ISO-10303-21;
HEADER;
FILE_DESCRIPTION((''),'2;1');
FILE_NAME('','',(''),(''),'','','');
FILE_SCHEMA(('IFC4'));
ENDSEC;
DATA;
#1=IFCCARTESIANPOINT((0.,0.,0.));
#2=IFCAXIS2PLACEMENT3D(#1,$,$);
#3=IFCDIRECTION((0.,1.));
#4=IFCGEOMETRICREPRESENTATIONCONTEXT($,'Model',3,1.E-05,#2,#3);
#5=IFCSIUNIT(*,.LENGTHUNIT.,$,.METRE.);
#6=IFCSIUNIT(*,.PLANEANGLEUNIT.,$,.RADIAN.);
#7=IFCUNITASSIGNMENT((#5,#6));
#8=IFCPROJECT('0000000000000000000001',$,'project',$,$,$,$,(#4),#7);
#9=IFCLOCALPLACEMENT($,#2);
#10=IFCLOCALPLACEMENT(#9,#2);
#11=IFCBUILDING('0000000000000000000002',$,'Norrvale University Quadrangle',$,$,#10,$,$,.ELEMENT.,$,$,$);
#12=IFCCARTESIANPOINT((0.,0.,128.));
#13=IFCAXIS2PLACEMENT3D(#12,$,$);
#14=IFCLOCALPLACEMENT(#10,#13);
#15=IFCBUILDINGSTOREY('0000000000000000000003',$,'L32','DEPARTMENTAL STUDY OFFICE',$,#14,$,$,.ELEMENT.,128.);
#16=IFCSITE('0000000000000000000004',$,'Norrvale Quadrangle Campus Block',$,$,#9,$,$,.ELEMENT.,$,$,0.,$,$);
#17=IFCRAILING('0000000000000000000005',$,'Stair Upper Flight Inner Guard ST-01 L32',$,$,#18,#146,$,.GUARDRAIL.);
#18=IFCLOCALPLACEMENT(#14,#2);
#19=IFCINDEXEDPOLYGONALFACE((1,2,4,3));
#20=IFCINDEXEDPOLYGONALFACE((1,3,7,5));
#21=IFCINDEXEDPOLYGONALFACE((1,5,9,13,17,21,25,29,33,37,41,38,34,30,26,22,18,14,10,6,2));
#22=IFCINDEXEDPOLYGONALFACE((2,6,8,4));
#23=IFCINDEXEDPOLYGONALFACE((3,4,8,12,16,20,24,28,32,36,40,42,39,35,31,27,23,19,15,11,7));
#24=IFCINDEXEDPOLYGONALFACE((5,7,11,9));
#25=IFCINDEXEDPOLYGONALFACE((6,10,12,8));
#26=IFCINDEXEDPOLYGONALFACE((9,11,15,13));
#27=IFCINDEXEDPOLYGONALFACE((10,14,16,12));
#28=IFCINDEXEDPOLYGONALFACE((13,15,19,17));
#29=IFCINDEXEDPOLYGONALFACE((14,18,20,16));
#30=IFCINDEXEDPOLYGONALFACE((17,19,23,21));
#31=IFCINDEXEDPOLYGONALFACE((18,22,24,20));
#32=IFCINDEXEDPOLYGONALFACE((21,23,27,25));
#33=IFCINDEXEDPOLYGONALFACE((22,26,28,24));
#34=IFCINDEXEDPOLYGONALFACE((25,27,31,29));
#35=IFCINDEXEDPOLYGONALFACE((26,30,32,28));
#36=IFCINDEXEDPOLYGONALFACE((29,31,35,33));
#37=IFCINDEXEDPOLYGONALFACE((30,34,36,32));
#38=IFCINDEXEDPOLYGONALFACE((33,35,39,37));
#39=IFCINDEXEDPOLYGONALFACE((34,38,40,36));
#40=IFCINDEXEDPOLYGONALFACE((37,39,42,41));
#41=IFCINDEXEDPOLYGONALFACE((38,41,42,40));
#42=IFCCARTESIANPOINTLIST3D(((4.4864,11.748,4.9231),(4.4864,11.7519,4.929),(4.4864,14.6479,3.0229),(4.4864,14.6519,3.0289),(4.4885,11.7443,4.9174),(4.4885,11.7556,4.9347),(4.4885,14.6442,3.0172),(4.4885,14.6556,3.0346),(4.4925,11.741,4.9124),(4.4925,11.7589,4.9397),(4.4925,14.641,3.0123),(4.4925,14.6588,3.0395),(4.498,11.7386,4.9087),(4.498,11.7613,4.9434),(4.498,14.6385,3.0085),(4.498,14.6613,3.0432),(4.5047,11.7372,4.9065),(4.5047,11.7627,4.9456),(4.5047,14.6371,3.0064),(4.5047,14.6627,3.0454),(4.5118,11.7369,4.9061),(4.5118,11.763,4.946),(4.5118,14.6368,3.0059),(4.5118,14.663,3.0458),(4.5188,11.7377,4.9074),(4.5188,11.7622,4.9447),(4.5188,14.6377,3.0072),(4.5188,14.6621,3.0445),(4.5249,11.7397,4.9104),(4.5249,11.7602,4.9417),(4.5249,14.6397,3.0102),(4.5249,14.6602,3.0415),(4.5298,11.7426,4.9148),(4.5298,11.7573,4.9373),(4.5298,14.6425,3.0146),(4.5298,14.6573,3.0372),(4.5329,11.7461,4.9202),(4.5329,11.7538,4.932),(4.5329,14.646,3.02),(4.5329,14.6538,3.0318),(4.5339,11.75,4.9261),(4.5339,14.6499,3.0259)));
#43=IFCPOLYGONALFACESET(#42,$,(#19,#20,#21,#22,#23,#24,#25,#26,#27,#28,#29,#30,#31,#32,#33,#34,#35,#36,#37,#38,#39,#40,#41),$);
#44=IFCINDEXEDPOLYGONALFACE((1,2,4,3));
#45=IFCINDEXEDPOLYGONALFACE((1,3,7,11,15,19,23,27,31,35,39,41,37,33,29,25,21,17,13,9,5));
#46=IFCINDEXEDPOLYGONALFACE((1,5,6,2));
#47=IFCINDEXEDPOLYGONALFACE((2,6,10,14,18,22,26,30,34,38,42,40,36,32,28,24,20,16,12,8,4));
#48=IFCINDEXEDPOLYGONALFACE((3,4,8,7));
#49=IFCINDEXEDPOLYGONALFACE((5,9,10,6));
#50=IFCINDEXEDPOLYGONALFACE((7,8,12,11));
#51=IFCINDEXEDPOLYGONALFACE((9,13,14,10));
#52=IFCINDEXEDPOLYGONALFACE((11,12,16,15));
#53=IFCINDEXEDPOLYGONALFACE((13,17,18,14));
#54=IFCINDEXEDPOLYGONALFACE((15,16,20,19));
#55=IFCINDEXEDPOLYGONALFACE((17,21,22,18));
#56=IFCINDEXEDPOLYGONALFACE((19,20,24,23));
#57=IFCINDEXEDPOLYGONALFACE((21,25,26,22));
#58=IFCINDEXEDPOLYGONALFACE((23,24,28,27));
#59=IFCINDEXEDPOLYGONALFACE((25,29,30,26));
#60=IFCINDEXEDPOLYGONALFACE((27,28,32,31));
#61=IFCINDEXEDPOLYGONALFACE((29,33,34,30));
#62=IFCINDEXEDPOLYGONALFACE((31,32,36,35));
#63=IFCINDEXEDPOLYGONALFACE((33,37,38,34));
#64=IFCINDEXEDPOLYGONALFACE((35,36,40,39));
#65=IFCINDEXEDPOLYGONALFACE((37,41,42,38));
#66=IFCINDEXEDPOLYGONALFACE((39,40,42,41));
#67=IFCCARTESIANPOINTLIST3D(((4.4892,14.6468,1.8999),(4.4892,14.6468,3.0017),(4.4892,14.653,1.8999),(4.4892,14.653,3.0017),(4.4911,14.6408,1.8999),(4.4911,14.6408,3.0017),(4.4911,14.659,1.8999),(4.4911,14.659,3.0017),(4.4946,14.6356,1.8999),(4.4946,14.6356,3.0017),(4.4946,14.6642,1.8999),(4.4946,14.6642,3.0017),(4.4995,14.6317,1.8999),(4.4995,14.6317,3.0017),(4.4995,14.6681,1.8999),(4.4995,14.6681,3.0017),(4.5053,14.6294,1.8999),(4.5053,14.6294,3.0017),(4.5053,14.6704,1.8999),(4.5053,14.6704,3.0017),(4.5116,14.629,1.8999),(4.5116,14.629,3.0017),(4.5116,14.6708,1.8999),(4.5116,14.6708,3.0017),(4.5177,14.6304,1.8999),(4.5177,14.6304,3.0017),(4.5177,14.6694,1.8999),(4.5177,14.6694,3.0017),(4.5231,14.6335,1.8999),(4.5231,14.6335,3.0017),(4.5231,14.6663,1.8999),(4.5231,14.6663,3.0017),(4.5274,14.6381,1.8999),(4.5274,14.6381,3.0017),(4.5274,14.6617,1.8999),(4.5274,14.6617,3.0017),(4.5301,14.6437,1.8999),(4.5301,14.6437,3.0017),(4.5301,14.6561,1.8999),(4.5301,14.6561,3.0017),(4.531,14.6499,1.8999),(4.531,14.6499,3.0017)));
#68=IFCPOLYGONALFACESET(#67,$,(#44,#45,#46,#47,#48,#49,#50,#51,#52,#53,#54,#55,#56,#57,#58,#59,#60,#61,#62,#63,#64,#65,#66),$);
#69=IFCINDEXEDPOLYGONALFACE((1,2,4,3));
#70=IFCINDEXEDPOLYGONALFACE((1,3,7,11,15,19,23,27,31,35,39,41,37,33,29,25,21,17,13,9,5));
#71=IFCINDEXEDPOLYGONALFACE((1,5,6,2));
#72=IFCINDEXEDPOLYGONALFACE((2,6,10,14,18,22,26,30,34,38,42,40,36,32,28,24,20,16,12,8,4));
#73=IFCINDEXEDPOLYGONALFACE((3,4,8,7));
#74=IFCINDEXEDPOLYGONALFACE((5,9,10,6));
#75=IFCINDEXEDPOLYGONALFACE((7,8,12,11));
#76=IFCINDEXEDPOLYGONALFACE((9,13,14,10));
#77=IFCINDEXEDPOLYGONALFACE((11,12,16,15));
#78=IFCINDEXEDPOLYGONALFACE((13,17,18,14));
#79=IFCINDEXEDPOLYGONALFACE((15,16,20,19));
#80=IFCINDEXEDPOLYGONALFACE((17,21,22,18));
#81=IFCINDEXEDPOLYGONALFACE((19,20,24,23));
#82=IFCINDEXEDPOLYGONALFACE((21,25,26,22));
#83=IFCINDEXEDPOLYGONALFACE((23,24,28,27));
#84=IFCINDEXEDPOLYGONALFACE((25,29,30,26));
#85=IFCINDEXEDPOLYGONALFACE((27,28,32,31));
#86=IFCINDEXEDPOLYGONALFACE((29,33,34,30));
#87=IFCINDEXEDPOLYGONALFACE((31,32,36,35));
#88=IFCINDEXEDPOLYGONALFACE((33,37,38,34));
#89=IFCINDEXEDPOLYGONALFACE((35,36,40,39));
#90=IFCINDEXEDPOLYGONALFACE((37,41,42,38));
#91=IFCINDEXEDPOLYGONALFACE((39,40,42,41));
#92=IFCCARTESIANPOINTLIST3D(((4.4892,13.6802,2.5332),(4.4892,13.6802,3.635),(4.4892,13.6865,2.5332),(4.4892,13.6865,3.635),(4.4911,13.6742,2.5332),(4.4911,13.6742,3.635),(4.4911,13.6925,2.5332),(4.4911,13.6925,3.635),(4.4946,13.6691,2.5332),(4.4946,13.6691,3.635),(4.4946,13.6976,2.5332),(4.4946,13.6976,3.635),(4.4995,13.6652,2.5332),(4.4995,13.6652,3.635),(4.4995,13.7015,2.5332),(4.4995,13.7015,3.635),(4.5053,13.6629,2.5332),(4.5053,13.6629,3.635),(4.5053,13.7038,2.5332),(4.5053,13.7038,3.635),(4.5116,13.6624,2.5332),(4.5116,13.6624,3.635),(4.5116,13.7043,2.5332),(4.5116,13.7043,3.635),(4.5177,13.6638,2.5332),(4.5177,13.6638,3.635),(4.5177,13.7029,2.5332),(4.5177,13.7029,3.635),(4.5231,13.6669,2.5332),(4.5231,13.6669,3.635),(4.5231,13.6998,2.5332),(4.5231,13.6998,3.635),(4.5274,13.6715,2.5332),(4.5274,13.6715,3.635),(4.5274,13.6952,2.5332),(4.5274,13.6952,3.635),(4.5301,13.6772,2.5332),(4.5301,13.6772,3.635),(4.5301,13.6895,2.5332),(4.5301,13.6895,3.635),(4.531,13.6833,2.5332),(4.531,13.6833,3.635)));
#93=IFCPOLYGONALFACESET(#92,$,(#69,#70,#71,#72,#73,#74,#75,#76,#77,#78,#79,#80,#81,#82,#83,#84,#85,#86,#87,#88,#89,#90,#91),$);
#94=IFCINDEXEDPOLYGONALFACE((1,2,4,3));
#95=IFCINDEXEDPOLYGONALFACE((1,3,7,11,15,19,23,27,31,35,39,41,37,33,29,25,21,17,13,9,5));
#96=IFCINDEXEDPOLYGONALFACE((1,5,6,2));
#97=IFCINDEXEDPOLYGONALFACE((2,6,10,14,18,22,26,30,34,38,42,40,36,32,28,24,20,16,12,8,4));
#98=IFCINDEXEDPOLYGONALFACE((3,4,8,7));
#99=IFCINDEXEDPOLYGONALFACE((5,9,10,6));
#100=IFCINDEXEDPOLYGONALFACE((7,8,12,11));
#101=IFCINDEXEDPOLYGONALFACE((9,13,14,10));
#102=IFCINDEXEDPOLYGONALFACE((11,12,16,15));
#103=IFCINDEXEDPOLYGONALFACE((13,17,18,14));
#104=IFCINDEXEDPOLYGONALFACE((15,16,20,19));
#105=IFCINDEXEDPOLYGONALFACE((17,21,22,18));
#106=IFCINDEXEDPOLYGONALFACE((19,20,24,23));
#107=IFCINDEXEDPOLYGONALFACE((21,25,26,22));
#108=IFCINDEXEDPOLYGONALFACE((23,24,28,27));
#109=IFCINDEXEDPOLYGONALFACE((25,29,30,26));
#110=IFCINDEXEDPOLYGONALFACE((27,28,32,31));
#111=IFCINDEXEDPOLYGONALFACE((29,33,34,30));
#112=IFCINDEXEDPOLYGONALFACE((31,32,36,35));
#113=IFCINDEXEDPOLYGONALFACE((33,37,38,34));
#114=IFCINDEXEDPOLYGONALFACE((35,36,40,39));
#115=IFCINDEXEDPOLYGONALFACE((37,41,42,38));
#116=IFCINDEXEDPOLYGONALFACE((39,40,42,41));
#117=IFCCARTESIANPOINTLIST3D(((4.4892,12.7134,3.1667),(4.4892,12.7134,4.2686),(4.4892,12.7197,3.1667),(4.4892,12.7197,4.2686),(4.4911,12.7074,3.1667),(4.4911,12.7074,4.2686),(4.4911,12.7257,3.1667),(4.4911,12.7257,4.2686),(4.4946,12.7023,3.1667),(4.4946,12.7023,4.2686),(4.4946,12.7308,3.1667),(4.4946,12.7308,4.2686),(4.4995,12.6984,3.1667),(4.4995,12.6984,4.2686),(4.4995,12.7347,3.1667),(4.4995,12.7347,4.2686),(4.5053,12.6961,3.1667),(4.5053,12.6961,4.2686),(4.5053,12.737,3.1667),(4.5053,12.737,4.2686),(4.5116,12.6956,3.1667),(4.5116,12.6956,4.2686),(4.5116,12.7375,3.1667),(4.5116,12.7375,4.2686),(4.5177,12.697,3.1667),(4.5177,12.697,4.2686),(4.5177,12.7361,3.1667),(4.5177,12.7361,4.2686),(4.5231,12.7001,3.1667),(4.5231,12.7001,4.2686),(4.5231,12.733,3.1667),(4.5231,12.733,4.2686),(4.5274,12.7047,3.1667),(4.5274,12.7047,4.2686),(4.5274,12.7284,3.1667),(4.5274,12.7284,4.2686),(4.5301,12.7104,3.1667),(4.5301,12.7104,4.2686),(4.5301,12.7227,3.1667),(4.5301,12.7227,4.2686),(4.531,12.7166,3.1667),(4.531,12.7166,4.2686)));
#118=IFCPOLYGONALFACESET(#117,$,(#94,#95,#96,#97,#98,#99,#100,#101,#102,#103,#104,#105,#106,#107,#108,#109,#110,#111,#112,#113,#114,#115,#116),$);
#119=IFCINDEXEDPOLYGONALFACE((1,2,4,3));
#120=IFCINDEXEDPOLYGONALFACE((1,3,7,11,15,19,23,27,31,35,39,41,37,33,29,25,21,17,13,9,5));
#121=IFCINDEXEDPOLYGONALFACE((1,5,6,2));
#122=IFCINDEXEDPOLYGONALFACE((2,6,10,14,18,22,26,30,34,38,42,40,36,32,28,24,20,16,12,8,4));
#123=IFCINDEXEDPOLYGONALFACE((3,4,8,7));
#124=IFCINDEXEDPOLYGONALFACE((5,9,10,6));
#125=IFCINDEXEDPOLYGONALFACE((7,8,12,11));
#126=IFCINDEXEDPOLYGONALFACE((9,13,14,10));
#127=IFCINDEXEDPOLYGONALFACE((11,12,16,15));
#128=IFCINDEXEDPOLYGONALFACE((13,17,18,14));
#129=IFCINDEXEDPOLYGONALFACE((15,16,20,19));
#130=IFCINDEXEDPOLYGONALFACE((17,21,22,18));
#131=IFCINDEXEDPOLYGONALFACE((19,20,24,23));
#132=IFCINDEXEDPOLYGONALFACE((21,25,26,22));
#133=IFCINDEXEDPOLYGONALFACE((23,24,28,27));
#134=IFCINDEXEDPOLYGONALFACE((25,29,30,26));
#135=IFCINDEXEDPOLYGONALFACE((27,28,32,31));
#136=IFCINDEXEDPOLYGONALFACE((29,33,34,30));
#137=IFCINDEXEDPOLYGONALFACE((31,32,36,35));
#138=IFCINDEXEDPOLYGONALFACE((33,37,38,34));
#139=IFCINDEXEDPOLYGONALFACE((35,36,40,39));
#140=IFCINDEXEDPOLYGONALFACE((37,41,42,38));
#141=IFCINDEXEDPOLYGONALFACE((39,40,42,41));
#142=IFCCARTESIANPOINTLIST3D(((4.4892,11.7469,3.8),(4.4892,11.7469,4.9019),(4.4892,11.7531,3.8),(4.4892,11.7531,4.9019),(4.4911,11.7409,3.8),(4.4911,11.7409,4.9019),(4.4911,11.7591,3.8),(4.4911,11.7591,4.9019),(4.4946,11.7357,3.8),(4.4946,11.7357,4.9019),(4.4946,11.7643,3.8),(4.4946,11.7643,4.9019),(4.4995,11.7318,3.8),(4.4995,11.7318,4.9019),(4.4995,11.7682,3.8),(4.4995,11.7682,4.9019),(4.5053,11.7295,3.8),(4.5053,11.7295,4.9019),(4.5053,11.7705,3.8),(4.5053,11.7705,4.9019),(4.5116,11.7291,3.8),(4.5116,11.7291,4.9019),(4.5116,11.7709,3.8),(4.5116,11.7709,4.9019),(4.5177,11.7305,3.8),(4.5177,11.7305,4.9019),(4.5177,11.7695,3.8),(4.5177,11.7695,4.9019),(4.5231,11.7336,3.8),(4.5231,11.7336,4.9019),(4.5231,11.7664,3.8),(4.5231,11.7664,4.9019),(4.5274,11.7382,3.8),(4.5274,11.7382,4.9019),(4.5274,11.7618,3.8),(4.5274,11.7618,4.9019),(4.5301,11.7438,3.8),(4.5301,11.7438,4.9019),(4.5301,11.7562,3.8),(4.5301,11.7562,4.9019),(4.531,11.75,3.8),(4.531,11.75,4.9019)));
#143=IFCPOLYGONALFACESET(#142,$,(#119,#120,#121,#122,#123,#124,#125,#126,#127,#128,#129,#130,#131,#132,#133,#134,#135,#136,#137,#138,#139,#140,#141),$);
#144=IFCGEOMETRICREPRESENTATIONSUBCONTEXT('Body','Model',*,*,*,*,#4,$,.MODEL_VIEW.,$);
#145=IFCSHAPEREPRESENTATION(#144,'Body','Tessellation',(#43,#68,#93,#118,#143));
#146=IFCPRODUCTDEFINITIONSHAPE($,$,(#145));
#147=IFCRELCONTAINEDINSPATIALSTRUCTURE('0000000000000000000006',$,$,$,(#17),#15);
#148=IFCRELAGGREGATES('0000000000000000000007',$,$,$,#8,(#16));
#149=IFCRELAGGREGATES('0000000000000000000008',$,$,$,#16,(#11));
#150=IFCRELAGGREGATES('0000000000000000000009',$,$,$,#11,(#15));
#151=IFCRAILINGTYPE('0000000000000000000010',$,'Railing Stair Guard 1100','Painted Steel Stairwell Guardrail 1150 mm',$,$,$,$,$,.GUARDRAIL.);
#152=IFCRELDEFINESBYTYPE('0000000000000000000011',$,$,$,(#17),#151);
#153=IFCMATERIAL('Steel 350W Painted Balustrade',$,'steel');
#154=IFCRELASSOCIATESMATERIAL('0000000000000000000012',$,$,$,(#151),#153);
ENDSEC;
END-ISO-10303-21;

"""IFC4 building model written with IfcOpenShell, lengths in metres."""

from ifc_helpers import new_model, si_unit, direction, frame, origin, origin_2d, place, context, subcontext, project, spatial, circle, extrude, material, type_object, element, save


model = new_model("IFC4")

# Units and contexts
model_context = context("Model", 3, precision=1e-05, world=origin(), true_north=direction((0.0, 1.0)))
body_context = subcontext(model_context, "Body", "Model", "MODEL_VIEW")
ifc_project = project(units=[si_unit("LENGTHUNIT", "METRE"), si_unit("PLANEANGLEUNIT", "RADIAN")], contexts=[model_context])

# Site, building, storey
site_placement = place(None, origin())
site = spatial("IfcSite", under=ifc_project, at=site_placement, Name="Norrvale Quadrangle Campus Block", CompositionType="ELEMENT", RefElevation=0.0)
building_placement = place(site_placement, origin())
building = spatial("IfcBuilding", under=site, at=building_placement, Name="Norrvale University Quadrangle", CompositionType="ELEMENT")
storey_placement = place(building_placement, frame((0.0, 0.0, 128.0)))
storey = spatial("IfcBuildingStorey", under=building, at=storey_placement, Name="L32", Description="DEPARTMENTAL STUDY OFFICE", CompositionType="ELEMENT", Elevation=128.0)

# Railing
ifc_material_1 = material(Name="Steel 350W Painted Balustrade", Category="steel")
railing_type_1 = type_object("IfcRailingType", Name="Railing Stair Guard 1100", Description="Painted Steel Stairwell Guardrail 1150 mm", PredefinedType="GUARDRAIL", material=ifc_material_1)
railing_1_placement = place(storey_placement, frame((4.51, 14.6499, 1.8999)))
element("IfcRailing", 1, at=railing_1_placement, inside=storey, type_object=railing_type_1, Name="Stair Upper Flight Inner Guard ST-01 L32", PredefinedType="GUARDRAIL", context=body_context, shape_type="SweptSolid", body=[
    extrude(circle(Radius=0.0239, at=origin_2d()), frame((0.0, 0.0, 1.126), z_axis=(0.0, -0.836433, 0.548069), x_axis=(1.0, 0.0, 0.0)), (0.0, 0.0, 1.0), 3.467),
    extrude(circle(Radius=0.021, at=origin_2d()), origin(), (0.0, 0.0, 1.0), 1.1018),
    extrude(circle(Radius=0.021, at=origin_2d()), frame((0.0, -0.9666, 0.6333)), (0.0, 0.0, 1.0), 1.1018),
    extrude(circle(Radius=0.021, at=origin_2d()), frame((0.0, -1.9333, 1.2668)), (0.0, 0.0, 1.0), 1.1018),
    extrude(circle(Radius=0.021, at=origin_2d()), frame((0.0, -2.8999, 1.9001)), (0.0, 0.0, 1.0), 1.1018),
])

save(model, "model.ifc")
